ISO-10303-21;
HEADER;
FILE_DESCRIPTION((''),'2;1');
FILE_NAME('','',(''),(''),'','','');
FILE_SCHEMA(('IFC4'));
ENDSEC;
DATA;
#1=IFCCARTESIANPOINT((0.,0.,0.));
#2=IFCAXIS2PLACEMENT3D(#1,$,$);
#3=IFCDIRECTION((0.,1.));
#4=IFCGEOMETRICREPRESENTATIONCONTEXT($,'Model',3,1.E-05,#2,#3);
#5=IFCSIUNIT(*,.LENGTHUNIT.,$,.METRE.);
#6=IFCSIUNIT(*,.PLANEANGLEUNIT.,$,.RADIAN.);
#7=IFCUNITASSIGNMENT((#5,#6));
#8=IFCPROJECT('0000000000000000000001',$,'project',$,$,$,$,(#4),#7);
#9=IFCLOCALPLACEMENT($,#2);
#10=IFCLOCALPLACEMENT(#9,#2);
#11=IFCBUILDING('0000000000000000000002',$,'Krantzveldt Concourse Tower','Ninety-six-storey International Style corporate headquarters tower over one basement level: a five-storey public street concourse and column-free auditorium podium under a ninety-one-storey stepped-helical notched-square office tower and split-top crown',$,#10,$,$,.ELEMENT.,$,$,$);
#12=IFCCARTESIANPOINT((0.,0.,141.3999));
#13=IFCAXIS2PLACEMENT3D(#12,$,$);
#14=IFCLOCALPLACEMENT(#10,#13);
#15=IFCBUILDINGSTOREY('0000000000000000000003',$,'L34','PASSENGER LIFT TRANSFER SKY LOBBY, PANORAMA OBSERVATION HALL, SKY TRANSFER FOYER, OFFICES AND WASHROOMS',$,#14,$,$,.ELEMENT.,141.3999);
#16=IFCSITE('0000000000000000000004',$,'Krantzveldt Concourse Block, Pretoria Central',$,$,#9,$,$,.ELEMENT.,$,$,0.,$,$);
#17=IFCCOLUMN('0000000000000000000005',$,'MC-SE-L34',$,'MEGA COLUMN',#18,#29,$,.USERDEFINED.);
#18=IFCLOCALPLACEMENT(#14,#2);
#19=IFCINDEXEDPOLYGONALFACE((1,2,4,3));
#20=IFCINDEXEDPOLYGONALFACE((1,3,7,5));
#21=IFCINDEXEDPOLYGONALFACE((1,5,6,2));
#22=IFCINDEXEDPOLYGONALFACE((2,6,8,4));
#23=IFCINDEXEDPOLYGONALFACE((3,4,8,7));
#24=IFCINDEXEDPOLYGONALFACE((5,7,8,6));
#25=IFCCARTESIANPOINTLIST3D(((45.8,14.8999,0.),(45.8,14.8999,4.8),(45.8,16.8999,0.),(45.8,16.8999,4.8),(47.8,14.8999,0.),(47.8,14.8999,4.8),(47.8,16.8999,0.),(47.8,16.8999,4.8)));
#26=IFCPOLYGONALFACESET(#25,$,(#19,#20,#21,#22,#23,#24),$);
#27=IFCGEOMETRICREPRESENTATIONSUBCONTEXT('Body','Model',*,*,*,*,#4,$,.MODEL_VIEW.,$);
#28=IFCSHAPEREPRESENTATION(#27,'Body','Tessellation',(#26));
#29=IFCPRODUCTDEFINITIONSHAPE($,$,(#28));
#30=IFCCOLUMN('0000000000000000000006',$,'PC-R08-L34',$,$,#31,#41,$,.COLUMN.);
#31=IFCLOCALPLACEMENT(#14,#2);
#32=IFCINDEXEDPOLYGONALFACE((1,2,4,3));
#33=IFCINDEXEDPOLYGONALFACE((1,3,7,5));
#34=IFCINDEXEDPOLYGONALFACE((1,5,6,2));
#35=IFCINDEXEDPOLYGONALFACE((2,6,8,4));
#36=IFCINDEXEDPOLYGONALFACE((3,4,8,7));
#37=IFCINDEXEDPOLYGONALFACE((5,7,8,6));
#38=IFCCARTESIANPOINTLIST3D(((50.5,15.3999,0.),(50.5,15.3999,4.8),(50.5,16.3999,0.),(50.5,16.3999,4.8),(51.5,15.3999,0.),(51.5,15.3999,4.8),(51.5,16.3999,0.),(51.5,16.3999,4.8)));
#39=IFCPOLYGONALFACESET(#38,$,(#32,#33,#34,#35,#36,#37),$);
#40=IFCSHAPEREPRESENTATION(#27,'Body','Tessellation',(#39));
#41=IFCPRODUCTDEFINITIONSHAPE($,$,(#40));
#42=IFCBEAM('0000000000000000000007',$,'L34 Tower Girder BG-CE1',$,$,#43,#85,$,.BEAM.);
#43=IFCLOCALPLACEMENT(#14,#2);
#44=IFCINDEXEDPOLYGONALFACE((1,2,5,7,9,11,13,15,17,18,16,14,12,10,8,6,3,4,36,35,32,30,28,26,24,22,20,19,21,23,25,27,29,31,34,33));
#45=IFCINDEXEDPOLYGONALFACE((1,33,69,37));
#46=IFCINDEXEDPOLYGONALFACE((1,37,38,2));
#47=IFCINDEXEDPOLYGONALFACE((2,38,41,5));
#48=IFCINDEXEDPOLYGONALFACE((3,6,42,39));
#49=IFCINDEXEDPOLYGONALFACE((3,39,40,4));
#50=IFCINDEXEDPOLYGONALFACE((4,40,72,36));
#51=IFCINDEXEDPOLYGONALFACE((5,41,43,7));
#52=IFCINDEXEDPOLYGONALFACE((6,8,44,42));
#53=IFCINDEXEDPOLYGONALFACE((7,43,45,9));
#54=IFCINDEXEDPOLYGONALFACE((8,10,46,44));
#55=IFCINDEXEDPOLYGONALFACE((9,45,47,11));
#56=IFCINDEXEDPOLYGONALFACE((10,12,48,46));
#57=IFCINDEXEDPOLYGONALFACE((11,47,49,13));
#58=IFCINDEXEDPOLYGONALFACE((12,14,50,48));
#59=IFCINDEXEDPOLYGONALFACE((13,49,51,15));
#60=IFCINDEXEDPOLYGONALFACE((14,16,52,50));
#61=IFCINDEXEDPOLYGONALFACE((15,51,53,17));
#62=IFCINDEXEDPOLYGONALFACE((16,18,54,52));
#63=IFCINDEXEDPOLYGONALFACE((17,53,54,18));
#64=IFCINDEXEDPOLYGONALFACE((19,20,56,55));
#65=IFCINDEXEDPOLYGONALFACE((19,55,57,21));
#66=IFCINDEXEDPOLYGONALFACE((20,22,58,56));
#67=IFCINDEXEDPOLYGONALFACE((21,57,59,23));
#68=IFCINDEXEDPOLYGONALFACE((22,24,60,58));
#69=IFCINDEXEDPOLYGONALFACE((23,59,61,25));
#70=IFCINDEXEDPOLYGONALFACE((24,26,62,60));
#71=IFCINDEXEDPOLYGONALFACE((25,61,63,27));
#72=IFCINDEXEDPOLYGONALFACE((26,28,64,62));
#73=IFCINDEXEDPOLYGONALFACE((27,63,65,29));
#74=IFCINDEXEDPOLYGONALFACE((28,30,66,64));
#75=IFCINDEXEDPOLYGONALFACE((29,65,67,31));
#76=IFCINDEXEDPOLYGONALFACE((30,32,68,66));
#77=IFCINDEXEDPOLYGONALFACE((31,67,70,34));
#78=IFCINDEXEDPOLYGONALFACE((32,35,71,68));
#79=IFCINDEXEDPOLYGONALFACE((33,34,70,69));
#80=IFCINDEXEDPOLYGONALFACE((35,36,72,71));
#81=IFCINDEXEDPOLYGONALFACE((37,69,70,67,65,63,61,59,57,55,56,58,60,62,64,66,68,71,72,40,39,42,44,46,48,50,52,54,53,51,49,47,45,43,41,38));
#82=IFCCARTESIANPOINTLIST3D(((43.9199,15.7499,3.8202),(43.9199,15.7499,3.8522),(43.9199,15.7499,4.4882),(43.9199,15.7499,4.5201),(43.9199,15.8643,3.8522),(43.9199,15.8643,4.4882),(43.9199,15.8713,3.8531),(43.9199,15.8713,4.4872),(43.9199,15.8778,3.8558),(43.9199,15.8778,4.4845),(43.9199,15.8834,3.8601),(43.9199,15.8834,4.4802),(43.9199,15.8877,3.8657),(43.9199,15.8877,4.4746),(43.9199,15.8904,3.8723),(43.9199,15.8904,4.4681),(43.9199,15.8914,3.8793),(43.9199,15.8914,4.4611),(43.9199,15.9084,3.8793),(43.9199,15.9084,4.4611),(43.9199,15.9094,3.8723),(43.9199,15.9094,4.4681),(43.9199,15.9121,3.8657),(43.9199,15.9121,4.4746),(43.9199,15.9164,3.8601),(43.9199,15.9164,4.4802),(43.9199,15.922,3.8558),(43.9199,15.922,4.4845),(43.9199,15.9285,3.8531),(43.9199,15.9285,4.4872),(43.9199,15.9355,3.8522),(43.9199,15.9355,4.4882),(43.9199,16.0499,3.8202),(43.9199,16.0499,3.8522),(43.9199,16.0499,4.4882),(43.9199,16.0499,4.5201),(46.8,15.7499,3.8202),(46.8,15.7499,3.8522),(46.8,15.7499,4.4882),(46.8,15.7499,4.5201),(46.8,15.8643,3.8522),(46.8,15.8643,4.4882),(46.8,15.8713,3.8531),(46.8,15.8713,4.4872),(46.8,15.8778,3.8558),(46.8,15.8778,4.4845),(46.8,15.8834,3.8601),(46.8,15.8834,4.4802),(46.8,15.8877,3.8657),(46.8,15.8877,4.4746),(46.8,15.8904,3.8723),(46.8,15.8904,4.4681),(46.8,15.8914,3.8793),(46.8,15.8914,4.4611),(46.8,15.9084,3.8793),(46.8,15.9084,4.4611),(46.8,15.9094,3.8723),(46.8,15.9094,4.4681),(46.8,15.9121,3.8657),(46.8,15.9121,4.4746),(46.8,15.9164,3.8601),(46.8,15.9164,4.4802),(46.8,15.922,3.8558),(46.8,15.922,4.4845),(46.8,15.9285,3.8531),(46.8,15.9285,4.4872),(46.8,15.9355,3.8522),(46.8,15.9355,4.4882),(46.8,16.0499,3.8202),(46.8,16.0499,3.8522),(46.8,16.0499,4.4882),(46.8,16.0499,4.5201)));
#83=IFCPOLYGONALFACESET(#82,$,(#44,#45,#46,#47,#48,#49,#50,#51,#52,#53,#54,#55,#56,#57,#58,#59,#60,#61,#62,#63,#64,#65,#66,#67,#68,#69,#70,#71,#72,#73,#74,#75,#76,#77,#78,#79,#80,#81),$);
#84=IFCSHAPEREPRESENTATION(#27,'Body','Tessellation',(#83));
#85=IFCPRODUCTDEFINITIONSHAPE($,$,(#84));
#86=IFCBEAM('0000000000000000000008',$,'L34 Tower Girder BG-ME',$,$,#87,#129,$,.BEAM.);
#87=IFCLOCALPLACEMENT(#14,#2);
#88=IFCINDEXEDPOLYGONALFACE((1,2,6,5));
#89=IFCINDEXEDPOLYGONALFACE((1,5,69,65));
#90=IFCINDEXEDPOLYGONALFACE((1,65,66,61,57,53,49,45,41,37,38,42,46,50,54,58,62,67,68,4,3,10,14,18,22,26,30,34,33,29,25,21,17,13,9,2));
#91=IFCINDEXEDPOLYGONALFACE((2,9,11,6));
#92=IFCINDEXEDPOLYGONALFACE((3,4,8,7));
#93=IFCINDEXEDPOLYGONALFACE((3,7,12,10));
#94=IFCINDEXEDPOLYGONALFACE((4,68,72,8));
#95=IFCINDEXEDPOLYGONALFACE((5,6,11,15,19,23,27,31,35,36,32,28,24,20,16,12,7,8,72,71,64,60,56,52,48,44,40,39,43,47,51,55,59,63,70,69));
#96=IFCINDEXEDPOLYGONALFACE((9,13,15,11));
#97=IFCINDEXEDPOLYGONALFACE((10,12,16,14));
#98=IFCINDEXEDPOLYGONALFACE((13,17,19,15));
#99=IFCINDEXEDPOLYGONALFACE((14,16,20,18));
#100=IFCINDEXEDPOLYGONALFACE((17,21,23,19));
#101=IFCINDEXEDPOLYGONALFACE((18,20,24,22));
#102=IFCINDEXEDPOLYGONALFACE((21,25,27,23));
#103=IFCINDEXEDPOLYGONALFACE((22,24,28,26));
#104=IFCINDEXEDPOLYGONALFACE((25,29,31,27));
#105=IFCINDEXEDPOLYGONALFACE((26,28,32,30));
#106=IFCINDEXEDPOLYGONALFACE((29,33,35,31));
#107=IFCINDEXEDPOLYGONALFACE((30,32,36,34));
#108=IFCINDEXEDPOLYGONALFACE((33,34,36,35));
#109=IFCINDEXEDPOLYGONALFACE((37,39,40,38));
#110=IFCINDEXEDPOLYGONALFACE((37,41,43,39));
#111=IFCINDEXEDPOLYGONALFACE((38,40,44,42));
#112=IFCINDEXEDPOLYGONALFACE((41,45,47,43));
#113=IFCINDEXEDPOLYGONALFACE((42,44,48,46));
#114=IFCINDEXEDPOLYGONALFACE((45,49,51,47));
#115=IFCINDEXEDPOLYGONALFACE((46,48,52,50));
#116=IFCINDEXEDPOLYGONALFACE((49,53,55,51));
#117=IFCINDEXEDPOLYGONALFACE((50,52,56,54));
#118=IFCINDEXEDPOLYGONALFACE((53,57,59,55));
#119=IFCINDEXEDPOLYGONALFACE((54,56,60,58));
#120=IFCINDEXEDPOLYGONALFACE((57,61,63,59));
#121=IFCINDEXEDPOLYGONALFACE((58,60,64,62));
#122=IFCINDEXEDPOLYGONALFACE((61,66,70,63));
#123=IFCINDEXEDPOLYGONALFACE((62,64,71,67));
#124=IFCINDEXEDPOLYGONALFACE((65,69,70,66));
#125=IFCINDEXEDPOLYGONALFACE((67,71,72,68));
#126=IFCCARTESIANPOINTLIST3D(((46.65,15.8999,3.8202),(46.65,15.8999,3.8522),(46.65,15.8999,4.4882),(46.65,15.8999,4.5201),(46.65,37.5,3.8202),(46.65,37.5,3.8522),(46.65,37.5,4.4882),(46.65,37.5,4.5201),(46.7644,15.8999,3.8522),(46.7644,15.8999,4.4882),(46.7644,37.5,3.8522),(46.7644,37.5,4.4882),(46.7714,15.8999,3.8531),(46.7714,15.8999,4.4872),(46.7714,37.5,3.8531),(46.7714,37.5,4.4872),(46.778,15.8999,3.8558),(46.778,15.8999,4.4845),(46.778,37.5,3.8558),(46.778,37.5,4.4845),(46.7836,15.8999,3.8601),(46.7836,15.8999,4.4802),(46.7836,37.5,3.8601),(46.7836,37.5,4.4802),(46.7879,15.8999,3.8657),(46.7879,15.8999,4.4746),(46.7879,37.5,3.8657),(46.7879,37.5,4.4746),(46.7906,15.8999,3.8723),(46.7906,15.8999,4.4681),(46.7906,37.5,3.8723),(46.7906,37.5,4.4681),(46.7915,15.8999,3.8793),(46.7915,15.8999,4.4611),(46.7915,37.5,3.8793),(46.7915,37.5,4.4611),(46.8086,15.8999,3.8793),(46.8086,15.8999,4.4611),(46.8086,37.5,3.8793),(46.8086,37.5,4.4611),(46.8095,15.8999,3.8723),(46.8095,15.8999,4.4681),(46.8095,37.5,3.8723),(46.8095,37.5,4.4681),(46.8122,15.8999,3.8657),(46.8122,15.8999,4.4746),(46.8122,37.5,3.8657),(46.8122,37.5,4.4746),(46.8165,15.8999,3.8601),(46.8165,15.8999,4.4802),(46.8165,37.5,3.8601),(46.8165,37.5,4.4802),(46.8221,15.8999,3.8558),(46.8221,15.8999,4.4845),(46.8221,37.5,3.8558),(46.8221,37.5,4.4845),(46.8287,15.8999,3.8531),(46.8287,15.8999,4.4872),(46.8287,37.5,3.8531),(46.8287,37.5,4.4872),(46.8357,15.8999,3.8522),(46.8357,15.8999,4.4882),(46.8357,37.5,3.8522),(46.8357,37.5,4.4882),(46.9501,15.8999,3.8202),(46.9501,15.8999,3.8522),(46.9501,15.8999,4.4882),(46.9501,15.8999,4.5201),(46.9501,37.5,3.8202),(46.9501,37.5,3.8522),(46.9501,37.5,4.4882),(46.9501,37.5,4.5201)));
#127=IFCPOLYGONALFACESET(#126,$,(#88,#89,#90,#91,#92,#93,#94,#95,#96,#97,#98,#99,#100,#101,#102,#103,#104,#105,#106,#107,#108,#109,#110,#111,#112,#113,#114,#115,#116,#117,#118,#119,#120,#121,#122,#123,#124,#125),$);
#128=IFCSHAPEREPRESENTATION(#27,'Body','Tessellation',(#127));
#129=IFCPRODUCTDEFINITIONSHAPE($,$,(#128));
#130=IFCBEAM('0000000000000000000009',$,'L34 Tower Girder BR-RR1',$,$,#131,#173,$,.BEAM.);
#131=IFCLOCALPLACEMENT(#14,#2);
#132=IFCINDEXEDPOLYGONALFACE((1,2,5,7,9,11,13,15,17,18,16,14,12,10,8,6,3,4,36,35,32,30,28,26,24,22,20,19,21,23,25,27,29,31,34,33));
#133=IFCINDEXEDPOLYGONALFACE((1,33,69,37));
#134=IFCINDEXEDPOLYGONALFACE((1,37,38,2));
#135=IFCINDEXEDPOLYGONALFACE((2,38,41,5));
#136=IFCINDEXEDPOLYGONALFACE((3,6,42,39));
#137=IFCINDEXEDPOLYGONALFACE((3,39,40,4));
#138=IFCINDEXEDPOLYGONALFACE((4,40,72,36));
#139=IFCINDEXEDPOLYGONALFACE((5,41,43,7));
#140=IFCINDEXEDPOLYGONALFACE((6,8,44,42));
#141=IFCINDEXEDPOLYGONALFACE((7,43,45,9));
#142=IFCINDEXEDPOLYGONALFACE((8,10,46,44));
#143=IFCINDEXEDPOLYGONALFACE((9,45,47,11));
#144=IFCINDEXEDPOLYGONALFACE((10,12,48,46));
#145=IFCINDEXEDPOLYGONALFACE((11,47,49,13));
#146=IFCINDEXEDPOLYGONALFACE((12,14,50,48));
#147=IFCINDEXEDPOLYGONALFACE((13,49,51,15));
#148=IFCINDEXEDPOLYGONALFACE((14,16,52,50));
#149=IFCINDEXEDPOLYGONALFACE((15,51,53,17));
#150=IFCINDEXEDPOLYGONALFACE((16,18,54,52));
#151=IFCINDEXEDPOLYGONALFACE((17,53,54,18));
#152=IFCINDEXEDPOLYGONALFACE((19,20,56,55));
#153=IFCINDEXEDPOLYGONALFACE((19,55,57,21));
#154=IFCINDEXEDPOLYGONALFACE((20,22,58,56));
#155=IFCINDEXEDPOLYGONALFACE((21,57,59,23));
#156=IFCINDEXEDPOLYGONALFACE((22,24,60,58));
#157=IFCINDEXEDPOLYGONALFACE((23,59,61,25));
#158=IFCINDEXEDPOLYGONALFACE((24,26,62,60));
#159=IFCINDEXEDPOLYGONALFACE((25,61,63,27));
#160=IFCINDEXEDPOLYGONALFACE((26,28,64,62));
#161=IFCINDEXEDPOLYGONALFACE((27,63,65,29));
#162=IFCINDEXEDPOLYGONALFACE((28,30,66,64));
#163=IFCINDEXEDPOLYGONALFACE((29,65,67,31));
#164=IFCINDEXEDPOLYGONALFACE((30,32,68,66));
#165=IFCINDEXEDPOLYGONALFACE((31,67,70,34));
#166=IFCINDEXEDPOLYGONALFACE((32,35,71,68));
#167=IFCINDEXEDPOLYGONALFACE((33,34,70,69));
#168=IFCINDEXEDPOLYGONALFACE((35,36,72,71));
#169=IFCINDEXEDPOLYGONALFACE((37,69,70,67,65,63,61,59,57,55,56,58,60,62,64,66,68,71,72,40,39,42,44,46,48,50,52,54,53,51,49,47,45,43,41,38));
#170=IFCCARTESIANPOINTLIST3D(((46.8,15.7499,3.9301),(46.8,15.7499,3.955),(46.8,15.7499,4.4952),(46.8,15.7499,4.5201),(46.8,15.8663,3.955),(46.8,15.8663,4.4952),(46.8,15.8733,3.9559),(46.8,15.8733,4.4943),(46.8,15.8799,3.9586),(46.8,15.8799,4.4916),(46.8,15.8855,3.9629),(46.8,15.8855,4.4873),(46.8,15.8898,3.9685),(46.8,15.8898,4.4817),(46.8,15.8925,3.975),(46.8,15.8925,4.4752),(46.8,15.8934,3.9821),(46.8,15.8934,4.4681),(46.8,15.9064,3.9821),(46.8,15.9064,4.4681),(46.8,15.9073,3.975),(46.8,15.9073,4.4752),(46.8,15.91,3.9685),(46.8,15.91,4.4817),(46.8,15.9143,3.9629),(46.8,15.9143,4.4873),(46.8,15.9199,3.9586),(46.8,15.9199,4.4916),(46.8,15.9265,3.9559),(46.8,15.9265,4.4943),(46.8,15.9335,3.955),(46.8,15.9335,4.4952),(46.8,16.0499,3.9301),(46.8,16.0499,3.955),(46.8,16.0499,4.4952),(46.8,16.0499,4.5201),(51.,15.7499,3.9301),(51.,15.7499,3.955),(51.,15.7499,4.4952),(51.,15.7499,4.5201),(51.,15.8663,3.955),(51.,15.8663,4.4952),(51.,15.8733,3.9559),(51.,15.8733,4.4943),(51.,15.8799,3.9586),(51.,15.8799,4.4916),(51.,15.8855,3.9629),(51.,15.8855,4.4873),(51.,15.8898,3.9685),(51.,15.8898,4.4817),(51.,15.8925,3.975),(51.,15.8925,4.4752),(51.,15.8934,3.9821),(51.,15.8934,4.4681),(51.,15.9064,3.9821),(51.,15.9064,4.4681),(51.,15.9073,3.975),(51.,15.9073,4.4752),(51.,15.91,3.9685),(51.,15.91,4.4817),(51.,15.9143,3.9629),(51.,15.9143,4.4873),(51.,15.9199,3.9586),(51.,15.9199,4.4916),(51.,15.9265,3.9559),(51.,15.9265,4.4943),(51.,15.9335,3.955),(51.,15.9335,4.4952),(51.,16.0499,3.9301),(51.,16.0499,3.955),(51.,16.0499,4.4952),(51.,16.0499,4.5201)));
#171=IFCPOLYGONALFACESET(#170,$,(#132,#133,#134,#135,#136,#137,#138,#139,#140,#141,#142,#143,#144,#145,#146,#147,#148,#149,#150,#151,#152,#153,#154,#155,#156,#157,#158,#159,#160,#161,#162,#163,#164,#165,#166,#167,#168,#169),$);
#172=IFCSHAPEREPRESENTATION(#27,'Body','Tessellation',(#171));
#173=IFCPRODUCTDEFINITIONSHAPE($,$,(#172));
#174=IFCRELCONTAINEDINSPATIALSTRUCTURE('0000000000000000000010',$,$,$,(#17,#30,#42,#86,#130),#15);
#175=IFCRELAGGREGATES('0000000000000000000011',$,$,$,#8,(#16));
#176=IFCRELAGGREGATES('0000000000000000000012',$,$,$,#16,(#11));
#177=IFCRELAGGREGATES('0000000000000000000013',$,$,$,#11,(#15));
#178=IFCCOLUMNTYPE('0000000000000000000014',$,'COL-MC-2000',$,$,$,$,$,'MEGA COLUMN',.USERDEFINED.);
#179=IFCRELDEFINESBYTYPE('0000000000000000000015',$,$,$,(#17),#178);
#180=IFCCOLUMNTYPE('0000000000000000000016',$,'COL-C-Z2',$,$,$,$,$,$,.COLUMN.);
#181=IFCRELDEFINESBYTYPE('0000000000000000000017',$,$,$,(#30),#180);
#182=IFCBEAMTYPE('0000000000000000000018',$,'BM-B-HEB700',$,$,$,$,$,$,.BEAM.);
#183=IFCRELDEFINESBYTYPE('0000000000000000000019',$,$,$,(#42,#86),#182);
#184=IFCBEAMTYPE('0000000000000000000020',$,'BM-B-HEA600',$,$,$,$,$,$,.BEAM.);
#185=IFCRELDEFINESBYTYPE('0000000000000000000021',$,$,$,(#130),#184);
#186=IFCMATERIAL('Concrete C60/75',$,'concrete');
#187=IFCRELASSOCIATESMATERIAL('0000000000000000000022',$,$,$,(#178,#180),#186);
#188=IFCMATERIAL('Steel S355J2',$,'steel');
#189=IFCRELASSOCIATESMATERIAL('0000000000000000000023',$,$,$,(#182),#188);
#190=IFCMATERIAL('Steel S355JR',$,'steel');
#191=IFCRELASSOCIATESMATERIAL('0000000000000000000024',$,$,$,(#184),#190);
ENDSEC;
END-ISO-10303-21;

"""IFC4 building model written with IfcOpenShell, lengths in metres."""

from ifc_helpers import new_model, si_unit, direction, frame, origin, origin_2d, place, context, subcontext, project, spatial, rectangle, i_section, extrude, source, transform, mapped, material, material_profile, profile_set, type_object, type_shapes, element, save


model = new_model("IFC4")

# Units and contexts
model_context = context("Model", 3, precision=1e-05, world=origin(), true_north=direction((0.0, 1.0)))
body_context = subcontext(model_context, "Body", "Model", "MODEL_VIEW")
ifc_project = project(units=[si_unit("LENGTHUNIT", "METRE"), si_unit("PLANEANGLEUNIT", "RADIAN")], contexts=[model_context])

# Site, building, storey
site_placement = place(None, origin())
site = spatial("IfcSite", under=ifc_project, at=site_placement, Name="Krantzveldt Concourse Block, Pretoria Central", CompositionType="ELEMENT", RefElevation=0.0)
building_placement = place(site_placement, origin())
building = spatial("IfcBuilding", under=site, at=building_placement, Name="Krantzveldt Concourse Tower", Description="Ninety-six-storey International Style corporate headquarters tower over one basement level: a five-storey public street concourse and column-free auditorium podium under a ninety-one-storey stepped-helical notched-square office tower and split-top crown", CompositionType="ELEMENT")
storey_placement = place(building_placement, frame((0.0, 0.0, 141.3999)))
storey = spatial("IfcBuildingStorey", under=building, at=storey_placement, Name="L34", Description="PASSENGER LIFT TRANSFER SKY LOBBY, PANORAMA OBSERVATION HALL, SKY TRANSFER FOYER, OFFICES AND WASHROOMS", CompositionType="ELEMENT", Elevation=141.3999)

# Columns
ifc_material_1 = material(Name="Concrete C60/75", Category="concrete")
ifc_material_profile_1 = material_profile(ifc_material_1, rectangle(XDim=2.0, YDim=2.0, at=origin_2d()), Name="Concrete C60/75", Category="concrete")
ifc_profile_set_1 = profile_set([ifc_material_profile_1], Name="Concrete C60/75 - RC 2000x2000")
column_type_1 = type_object("IfcColumnType", Name="COL-MC-2000", ElementType="MEGA COLUMN", PredefinedType="USERDEFINED", material=ifc_profile_set_1)
shared_shape_1 = source(origin(), body_context, "Body", "SweptSolid", [
    extrude(rectangle(XDim=2.0, YDim=2.0, at=origin_2d()), origin(), (0.0, 0.0, 1.0), 4.8),
])
type_shapes(column_type_1, [shared_shape_1])
column_1_placement = place(storey_placement, frame((46.8, 15.8999, 0.0), z_axis=(0.0, 0.0, 1.0), x_axis=(1.0, 0.0, 0.0)))
element("IfcColumn", 1, at=column_1_placement, inside=storey, type_object=column_type_1, Name="MC-SE-L34", ObjectType="MEGA COLUMN", PredefinedType="USERDEFINED", context=body_context, shape_type="MappedRepresentation", body=[
    mapped(shared_shape_1, transform((0.0, 0.0, 0.0), x_axis=(1.0, 0.0, 0.0), y_axis=(0.0, 1.0, 0.0), z_axis=(0.0, 0.0, 1.0), scale=1.0)),
])
ifc_material_profile_2 = material_profile(ifc_material_1, rectangle(XDim=1.0, YDim=1.0, at=origin_2d()), Name="Concrete C60/75", Category="concrete")
ifc_profile_set_2 = profile_set([ifc_material_profile_2], Name="Concrete C60/75 - RC 1000x1000")
column_type_2 = type_object("IfcColumnType", Name="COL-C-Z2", PredefinedType="COLUMN", material=ifc_profile_set_2)
shared_shape_2 = source(origin(), body_context, "Body", "SweptSolid", [
    extrude(rectangle(XDim=1.0, YDim=1.0, at=origin_2d()), origin(), (0.0, 0.0, 1.0), 4.8),
])
type_shapes(column_type_2, [shared_shape_2])
column_2_placement = place(storey_placement, frame((51.0, 15.8999, 0.0), z_axis=(0.0, 0.0, 1.0), x_axis=(1.0, 0.0, 0.0)))
element("IfcColumn", 2, at=column_2_placement, inside=storey, type_object=column_type_2, Name="PC-R08-L34", PredefinedType="COLUMN", context=body_context, shape_type="MappedRepresentation", body=[
    mapped(shared_shape_2, transform((0.0, 0.0, 0.0), x_axis=(1.0, 0.0, 0.0), y_axis=(0.0, 1.0, 0.0), z_axis=(0.0, 0.0, 1.0), scale=1.0)),
])

# Beams
ifc_material_2 = material(Name="Steel S355J2", Category="steel")
ifc_material_profile_3 = material_profile(ifc_material_2, i_section(OverallWidth=0.3, OverallDepth=0.7, WebThickness=0.0171, FlangeThickness=0.032, FilletRadius=0.0271, at=origin_2d()), Name="Steel S355J2", Category="steel")
ifc_profile_set_3 = profile_set([ifc_material_profile_3], Name="Steel S355J2 - HEB 700")
beam_type_1 = type_object("IfcBeamType", Name="BM-B-HEB700", PredefinedType="BEAM", material=ifc_profile_set_3)
shared_shape_3 = source(origin(), body_context, "Body", "SweptSolid", [
    extrude(i_section(OverallWidth=0.3, OverallDepth=0.7, WebThickness=0.0171, FlangeThickness=0.032, FilletRadius=0.0271, at=origin_2d()), origin(), (0.0, 0.0, 1.0), 2.8801),
])
beam_1_placement = place(storey_placement, frame((43.9199, 15.8999, 4.1702), z_axis=(1.0, 0.0, 0.0), x_axis=(0.0, 1.0, 0.0)))
element("IfcBeam", 3, at=beam_1_placement, inside=storey, type_object=beam_type_1, Name="L34 Tower Girder BG-CE1", PredefinedType="BEAM", context=body_context, shape_type="MappedRepresentation", body=[
    mapped(shared_shape_3, transform((0.0, 0.0, 0.0), x_axis=(1.0, 0.0, 0.0), y_axis=(0.0, 1.0, 0.0), z_axis=(0.0, 0.0, 1.0), scale=1.0)),
])
shared_shape_4 = source(origin(), body_context, "Body", "SweptSolid", [
    extrude(i_section(OverallWidth=0.3, OverallDepth=0.7, WebThickness=0.0171, FlangeThickness=0.032, FilletRadius=0.0271, at=origin_2d()), origin(), (0.0, 0.0, 1.0), 21.6001),
])
type_shapes(beam_type_1, [shared_shape_3, shared_shape_4])
beam_2_placement = place(storey_placement, frame((46.8, 15.8999, 4.1702), z_axis=(0.0, 1.0, 0.0), x_axis=(-1.0, 0.0, 0.0)))
element("IfcBeam", 4, at=beam_2_placement, inside=storey, type_object=beam_type_1, Name="L34 Tower Girder BG-ME", PredefinedType="BEAM", context=body_context, shape_type="MappedRepresentation", body=[
    mapped(shared_shape_4, transform((0.0, 0.0, 0.0), x_axis=(1.0, 0.0, 0.0), y_axis=(0.0, 1.0, 0.0), z_axis=(0.0, 0.0, 1.0), scale=1.0)),
])
ifc_material_3 = material(Name="Steel S355JR", Category="steel")
ifc_material_profile_4 = material_profile(ifc_material_3, i_section(OverallWidth=0.3, OverallDepth=0.5901, WebThickness=0.0129, FlangeThickness=0.0249, FilletRadius=0.0271, at=origin_2d()), Name="Steel S355JR", Category="steel")
ifc_profile_set_4 = profile_set([ifc_material_profile_4], Name="Steel S355JR - HEA 600")
beam_type_2 = type_object("IfcBeamType", Name="BM-B-HEA600", PredefinedType="BEAM", material=ifc_profile_set_4)
shared_shape_5 = source(origin(), body_context, "Body", "SweptSolid", [
    extrude(i_section(OverallWidth=0.3, OverallDepth=0.5901, WebThickness=0.0129, FlangeThickness=0.0249, FilletRadius=0.0271, at=origin_2d()), origin(), (0.0, 0.0, 1.0), 4.2),
])
beam_3_placement = place(storey_placement, frame((46.8, 15.8999, 4.2251), z_axis=(1.0, 0.0, 0.0), x_axis=(0.0, 1.0, 0.0)))
element("IfcBeam", 5, at=beam_3_placement, inside=storey, type_object=beam_type_2, Name="L34 Tower Girder BR-RR1", PredefinedType="BEAM", context=body_context, shape_type="MappedRepresentation", body=[
    mapped(shared_shape_5, transform((0.0, 0.0, 0.0), x_axis=(1.0, 0.0, 0.0), y_axis=(0.0, 1.0, 0.0), z_axis=(0.0, 0.0, 1.0), scale=1.0)),
])

save(model, "model.ifc")
